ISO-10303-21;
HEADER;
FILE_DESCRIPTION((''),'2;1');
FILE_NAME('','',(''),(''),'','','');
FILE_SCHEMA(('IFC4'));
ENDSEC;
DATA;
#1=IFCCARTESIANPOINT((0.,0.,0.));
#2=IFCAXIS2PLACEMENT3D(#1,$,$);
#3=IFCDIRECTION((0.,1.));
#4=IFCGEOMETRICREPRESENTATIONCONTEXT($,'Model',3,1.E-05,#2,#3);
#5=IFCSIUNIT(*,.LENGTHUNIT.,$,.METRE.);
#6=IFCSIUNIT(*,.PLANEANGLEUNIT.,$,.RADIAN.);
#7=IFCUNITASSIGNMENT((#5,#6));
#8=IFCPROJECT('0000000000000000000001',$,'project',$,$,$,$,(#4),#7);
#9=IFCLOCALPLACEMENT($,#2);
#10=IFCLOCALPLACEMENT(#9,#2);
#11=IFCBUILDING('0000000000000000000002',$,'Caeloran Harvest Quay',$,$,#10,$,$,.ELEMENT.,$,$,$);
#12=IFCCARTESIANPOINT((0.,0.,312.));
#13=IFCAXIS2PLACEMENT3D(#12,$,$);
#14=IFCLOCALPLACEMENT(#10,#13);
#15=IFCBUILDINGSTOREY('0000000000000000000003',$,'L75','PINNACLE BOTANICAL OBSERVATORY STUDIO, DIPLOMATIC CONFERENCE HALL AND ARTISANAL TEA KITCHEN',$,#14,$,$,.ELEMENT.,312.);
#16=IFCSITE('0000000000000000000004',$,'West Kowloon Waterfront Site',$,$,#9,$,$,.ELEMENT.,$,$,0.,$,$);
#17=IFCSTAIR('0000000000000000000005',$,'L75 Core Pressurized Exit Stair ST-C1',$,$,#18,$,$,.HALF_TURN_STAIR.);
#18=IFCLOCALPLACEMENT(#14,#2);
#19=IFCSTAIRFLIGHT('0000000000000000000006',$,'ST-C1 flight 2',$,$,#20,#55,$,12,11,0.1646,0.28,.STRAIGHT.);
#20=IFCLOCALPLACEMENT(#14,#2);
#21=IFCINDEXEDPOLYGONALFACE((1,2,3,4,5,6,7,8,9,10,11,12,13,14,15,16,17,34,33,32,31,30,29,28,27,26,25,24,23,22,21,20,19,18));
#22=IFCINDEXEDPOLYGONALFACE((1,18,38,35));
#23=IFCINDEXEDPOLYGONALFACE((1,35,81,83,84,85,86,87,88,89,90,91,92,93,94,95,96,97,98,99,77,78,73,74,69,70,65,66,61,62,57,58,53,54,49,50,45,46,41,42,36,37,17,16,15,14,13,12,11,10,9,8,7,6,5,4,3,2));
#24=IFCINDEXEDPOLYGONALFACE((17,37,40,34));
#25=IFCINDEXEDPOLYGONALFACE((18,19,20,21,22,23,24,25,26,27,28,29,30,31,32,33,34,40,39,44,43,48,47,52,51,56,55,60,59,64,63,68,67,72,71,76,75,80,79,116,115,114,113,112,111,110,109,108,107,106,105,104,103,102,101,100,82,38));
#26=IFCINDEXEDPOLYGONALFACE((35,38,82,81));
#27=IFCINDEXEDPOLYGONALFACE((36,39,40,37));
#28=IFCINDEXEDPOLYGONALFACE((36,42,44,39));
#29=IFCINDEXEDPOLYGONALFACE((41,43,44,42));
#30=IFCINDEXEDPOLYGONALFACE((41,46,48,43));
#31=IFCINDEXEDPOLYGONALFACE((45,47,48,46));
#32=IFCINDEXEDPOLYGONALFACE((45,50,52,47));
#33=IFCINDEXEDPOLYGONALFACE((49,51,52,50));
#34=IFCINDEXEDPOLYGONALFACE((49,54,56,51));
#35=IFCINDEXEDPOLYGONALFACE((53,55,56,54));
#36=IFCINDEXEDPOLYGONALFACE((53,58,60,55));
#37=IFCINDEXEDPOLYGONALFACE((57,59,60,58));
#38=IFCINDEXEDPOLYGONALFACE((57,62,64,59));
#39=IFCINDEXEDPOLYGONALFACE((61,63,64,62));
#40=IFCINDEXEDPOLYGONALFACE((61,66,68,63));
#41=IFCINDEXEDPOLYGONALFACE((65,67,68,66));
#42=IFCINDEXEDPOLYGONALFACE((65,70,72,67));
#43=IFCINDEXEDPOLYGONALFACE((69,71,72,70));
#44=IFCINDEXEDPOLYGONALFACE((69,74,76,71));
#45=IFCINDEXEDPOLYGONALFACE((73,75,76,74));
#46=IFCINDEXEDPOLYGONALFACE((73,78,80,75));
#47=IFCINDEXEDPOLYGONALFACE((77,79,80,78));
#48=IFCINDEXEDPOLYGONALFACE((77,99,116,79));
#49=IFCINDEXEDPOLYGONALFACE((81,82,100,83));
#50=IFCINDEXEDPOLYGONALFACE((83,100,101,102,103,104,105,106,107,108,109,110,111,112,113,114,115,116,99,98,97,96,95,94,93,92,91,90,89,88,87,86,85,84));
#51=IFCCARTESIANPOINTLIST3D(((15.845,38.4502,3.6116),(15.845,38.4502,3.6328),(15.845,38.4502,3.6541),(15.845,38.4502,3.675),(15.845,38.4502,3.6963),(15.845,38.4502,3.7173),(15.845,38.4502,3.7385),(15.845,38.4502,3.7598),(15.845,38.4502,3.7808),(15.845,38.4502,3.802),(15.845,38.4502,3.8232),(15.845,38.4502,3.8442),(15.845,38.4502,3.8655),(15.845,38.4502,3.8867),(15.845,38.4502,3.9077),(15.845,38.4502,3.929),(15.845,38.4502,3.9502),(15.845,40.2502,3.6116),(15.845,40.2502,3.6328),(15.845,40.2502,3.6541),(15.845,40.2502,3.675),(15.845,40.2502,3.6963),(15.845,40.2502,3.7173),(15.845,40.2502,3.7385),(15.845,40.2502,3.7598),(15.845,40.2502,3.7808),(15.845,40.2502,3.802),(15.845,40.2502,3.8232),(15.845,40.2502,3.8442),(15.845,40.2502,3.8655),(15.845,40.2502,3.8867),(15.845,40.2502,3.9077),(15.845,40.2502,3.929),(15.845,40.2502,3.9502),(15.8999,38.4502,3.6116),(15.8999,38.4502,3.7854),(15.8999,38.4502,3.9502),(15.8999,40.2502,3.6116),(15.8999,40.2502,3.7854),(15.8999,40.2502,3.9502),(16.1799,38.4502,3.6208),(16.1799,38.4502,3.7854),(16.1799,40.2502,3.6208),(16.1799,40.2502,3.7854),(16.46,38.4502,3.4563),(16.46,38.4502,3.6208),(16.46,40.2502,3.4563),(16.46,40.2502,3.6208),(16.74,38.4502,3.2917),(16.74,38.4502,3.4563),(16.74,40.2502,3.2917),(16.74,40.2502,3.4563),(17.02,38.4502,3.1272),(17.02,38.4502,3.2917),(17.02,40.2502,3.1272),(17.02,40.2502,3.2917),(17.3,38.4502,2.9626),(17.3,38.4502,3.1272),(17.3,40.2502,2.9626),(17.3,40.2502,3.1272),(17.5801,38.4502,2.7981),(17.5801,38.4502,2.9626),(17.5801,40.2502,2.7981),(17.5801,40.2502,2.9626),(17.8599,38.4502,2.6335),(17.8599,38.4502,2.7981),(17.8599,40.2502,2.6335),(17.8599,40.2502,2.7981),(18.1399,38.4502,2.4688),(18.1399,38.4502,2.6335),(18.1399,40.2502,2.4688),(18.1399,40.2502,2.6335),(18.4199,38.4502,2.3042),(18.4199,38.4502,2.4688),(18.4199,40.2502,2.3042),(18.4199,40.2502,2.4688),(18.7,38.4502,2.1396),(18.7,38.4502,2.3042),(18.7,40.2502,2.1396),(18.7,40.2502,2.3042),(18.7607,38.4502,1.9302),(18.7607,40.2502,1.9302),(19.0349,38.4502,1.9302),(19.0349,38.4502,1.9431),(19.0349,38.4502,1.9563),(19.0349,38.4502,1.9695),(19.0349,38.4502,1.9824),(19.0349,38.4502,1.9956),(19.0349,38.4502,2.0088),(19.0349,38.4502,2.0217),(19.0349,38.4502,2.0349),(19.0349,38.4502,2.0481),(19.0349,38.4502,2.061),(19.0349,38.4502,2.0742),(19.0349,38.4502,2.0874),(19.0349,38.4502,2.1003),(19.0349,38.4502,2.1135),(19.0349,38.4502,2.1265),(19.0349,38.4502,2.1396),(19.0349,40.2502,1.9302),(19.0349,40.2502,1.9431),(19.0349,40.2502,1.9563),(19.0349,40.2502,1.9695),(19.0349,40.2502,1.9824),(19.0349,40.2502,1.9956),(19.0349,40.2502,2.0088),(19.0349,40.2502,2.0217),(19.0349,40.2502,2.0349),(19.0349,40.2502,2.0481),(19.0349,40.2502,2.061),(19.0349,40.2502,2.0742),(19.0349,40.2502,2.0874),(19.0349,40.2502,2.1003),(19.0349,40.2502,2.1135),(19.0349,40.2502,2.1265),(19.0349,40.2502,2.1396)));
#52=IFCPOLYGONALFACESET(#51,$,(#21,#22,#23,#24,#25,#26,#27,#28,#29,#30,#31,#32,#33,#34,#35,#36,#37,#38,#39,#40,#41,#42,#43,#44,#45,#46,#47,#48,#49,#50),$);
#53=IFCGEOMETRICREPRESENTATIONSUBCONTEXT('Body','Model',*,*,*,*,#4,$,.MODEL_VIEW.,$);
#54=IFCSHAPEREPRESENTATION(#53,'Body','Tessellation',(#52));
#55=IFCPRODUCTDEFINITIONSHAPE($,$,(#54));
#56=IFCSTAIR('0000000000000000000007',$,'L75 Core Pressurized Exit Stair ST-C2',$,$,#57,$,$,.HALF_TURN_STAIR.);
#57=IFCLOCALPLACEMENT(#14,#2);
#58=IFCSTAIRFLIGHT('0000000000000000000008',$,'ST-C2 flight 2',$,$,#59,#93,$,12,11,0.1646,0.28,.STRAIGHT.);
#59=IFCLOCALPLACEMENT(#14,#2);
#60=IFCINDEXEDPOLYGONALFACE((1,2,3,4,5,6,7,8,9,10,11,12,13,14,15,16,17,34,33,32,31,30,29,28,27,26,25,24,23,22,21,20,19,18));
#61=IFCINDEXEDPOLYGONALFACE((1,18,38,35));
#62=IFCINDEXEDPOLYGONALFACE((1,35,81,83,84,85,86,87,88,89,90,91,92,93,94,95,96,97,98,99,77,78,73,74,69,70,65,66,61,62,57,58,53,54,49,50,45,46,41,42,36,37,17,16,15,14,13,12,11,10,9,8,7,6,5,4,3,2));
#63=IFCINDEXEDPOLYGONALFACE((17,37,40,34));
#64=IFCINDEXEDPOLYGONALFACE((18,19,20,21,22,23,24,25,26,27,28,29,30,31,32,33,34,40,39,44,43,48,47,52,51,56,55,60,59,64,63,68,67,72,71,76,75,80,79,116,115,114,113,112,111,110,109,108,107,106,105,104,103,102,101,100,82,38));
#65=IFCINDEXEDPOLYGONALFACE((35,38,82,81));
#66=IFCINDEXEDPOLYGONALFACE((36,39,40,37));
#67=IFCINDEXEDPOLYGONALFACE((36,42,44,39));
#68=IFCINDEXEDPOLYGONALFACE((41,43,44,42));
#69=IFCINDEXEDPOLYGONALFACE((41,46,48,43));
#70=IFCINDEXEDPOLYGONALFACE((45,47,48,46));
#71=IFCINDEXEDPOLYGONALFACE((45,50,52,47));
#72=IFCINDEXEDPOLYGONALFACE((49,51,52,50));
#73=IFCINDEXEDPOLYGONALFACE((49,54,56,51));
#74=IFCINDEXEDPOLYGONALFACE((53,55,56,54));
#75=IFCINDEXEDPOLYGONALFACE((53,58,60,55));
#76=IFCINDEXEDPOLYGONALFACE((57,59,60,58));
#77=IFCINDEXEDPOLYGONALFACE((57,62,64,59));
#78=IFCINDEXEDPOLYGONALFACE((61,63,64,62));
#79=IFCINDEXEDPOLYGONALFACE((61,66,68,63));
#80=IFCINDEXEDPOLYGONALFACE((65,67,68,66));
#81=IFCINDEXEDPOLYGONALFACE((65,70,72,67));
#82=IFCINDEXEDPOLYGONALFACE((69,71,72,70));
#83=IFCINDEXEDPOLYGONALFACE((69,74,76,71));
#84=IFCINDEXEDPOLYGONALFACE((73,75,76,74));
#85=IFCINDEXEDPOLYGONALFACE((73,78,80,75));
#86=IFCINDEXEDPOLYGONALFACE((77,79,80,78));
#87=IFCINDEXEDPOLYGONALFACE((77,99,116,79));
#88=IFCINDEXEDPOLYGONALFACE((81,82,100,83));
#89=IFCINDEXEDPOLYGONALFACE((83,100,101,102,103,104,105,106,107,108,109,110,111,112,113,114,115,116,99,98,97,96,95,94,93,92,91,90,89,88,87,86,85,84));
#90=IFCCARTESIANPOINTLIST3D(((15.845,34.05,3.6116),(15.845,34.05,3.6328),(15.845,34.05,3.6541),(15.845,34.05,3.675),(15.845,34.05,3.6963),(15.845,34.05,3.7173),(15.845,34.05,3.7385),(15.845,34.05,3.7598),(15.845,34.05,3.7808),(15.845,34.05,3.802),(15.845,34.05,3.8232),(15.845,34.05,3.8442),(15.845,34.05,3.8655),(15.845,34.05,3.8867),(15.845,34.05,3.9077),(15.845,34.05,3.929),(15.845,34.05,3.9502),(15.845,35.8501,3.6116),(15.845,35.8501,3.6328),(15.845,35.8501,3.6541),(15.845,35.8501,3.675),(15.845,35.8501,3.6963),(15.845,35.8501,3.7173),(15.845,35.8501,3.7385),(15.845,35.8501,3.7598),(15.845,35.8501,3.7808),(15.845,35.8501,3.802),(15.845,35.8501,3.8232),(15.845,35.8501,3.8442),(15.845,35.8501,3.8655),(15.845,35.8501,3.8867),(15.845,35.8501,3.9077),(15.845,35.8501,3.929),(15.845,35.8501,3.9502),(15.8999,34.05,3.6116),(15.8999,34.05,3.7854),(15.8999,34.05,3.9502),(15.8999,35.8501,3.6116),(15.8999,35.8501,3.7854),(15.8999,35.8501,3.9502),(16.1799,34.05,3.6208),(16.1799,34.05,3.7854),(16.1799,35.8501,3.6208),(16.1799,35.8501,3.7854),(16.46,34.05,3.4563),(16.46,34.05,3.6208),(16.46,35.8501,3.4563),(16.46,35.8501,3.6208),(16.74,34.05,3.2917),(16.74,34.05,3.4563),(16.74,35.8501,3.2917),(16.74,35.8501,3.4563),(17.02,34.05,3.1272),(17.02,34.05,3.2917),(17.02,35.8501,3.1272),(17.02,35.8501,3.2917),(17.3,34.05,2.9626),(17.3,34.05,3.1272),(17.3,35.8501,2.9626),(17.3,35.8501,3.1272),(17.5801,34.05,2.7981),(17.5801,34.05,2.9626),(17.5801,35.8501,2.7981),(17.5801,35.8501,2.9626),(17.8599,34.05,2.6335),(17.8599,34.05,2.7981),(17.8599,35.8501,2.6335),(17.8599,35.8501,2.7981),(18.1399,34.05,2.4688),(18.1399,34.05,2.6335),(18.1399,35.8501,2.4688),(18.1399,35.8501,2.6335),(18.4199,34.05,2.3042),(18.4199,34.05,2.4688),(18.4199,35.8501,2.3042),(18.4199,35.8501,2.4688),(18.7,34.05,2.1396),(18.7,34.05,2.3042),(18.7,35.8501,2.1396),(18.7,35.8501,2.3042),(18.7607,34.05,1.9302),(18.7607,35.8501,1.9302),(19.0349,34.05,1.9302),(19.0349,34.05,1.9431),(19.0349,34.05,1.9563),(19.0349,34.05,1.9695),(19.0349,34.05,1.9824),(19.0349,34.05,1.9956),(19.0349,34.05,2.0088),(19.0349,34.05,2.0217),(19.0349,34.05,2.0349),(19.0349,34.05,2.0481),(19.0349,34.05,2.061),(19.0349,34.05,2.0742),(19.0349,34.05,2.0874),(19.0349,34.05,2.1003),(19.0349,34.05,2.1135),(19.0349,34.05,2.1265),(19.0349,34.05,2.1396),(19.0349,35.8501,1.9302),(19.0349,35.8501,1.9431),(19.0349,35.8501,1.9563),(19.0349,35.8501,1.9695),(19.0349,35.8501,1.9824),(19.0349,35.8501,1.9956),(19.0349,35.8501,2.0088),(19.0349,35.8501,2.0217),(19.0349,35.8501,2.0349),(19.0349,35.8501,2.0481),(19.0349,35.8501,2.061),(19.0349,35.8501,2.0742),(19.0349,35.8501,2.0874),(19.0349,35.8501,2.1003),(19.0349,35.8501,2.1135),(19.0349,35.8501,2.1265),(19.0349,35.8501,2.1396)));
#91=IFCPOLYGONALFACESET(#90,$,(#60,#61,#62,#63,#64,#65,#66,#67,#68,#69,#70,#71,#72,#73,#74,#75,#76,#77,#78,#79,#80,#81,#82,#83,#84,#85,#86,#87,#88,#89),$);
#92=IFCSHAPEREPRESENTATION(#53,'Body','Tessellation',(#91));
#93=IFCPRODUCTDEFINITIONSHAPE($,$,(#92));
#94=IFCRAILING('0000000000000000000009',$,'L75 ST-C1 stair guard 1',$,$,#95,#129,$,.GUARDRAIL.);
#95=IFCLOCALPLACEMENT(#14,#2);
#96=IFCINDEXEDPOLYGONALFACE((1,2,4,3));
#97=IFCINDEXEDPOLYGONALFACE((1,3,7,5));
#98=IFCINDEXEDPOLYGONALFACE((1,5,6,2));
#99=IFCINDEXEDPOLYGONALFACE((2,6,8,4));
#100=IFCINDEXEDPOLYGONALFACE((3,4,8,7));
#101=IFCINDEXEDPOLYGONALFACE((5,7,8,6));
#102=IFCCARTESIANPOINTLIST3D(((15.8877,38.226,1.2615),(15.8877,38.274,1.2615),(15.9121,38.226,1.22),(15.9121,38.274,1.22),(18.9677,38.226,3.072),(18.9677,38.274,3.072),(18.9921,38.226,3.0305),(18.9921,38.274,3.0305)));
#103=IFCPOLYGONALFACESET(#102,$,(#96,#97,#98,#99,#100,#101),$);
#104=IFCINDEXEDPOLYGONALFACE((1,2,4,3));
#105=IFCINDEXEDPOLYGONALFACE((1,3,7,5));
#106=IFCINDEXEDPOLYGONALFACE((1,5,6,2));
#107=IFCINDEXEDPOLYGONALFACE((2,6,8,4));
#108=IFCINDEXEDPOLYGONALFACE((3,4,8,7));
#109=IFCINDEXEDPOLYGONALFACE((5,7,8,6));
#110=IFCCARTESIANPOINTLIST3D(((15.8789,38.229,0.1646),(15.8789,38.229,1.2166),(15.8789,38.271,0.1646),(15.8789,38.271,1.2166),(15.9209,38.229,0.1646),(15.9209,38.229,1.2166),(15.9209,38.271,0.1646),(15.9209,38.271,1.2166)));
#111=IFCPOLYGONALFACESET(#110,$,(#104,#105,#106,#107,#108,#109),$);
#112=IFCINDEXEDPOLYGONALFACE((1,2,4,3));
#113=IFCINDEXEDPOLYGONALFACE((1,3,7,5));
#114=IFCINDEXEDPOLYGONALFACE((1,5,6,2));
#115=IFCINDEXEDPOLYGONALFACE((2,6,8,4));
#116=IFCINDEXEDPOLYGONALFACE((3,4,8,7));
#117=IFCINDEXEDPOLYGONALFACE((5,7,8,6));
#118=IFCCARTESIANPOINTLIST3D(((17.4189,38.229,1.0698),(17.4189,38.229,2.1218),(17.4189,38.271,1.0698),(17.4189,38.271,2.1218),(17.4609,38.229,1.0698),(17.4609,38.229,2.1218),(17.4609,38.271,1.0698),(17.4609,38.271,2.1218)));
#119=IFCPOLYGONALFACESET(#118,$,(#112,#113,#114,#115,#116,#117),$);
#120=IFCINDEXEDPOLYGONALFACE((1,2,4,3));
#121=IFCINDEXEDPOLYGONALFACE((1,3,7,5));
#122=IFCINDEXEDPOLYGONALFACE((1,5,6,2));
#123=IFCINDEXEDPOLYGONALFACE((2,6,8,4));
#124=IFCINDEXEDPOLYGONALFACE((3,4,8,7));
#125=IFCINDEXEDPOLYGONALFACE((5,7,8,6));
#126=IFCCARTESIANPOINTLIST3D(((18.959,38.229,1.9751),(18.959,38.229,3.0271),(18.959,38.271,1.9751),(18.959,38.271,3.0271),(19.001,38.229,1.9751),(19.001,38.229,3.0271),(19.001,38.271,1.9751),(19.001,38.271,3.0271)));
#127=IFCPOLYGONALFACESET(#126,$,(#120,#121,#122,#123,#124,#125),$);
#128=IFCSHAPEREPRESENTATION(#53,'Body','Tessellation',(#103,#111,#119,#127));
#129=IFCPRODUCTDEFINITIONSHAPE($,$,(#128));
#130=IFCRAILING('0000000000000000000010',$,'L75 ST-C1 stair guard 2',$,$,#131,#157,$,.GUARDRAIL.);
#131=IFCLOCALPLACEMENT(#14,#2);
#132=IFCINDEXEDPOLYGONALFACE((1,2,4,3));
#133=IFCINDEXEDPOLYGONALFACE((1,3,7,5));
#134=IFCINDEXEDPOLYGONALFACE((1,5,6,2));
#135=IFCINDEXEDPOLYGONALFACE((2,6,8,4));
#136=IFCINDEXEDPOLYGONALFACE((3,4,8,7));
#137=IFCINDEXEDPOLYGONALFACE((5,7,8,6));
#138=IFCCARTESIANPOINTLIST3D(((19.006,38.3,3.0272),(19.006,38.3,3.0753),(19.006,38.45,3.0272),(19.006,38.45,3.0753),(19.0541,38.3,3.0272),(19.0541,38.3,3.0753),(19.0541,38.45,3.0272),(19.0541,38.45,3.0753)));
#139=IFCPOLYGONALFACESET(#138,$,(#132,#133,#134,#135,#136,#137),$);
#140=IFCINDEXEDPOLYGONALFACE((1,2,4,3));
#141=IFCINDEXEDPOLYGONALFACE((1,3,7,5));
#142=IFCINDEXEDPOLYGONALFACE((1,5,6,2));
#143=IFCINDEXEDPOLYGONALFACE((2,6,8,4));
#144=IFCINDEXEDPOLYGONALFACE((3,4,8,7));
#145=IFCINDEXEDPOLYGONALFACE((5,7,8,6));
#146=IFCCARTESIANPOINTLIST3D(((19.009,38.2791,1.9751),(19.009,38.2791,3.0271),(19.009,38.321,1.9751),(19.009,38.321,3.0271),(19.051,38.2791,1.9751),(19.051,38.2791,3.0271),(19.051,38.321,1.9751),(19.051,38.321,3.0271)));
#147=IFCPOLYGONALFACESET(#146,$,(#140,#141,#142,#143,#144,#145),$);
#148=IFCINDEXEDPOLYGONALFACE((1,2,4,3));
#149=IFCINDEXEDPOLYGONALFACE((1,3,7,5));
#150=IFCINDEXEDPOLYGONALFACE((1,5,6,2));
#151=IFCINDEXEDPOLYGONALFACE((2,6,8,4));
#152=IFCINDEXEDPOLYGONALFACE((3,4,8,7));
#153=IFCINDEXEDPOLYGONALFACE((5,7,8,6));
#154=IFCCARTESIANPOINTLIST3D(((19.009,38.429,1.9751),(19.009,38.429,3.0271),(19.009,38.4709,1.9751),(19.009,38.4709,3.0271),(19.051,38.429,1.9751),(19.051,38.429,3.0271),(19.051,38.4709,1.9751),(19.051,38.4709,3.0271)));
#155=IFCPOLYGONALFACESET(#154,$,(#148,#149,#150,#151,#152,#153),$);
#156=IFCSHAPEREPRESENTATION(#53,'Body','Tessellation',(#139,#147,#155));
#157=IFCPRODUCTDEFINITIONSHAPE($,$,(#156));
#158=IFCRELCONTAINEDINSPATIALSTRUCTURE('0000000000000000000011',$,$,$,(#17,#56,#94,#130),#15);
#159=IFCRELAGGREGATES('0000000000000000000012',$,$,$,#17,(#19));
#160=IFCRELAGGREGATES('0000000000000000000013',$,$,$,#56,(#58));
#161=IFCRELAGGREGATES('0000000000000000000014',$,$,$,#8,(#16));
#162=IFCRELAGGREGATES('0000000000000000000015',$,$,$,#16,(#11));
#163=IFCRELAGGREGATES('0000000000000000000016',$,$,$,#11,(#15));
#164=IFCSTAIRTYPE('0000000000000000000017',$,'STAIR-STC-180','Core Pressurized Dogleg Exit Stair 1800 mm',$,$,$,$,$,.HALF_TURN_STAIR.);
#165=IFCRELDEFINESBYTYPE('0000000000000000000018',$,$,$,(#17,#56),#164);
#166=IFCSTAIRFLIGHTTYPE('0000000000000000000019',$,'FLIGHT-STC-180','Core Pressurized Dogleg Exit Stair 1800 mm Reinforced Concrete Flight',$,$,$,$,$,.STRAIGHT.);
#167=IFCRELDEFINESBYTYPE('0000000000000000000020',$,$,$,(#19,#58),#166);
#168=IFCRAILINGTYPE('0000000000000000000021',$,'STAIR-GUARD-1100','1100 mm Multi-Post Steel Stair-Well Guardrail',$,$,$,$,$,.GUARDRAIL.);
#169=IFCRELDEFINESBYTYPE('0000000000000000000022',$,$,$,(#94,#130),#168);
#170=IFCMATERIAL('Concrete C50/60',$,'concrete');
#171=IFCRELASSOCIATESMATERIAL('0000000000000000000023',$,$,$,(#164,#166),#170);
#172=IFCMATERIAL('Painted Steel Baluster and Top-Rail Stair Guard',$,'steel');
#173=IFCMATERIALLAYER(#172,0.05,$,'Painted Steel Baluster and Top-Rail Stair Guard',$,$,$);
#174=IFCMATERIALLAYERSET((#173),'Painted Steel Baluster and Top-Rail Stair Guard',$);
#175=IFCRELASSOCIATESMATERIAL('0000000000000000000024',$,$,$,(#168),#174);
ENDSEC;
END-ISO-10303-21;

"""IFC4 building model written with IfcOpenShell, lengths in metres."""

from ifc_helpers import new_model, si_unit, direction, frame, origin, origin_2d, place, context, subcontext, project, spatial, polyline, rectangle, outline, extrude, material, layer, layer_set, type_object, element, aggregate, save


model = new_model("IFC4")

# Units and contexts
model_context = context("Model", 3, precision=1e-05, world=origin(), true_north=direction((0.0, 1.0)))
body_context = subcontext(model_context, "Body", "Model", "MODEL_VIEW")
ifc_project = project(units=[si_unit("LENGTHUNIT", "METRE"), si_unit("PLANEANGLEUNIT", "RADIAN")], contexts=[model_context])

# Site, building, storey
site_placement = place(None, origin())
site = spatial("IfcSite", under=ifc_project, at=site_placement, Name="West Kowloon Waterfront Site", CompositionType="ELEMENT", RefElevation=0.0)
building_placement = place(site_placement, origin())
building = spatial("IfcBuilding", under=site, at=building_placement, Name="Caeloran Harvest Quay", CompositionType="ELEMENT")
storey_placement = place(building_placement, frame((0.0, 0.0, 312.0)))
storey = spatial("IfcBuildingStorey", under=building, at=storey_placement, Name="L75", Description="PINNACLE BOTANICAL OBSERVATORY STUDIO, DIPLOMATIC CONFERENCE HALL AND ARTISANAL TEA KITCHEN", CompositionType="ELEMENT", Elevation=312.0)

# Shared definitions
ifc_material_1 = material(Name="Concrete C50/60", Category="concrete")

# Stair, stair flight
stair_type = type_object("IfcStairType", Name="STAIR-STC-180", Description="Core Pressurized Dogleg Exit Stair 1800 mm", PredefinedType="HALF_TURN_STAIR", material=ifc_material_1)
stair_1_placement = place(storey_placement, origin())
stair_1 = element("IfcStair", 1, at=stair_1_placement, inside=storey, type_object=stair_type, Name="L75 Core Pressurized Exit Stair ST-C1", PredefinedType="HALF_TURN_STAIR")
stair_flight_type = type_object("IfcStairFlightType", Name="FLIGHT-STC-180", Description="Core Pressurized Dogleg Exit Stair 1800 mm Reinforced Concrete Flight", PredefinedType="STRAIGHT", material=ifc_material_1)
stair_flight_1_placement = place(storey_placement, frame((18.98, 39.3501, 1.9751), z_axis=(0.0, 0.0, 1.0), x_axis=(-1.0, 0.0, 0.0)))
stair_flight_1 = element("IfcStairFlight", 2, at=stair_flight_1_placement, type_object=stair_flight_type, Name="ST-C1 flight 2", NumberOfRisers=12, NumberOfTreads=11, PredefinedType="STRAIGHT", RiserHeight=0.1646, TreadLength=0.28, context=body_context, shape_type="SweptSolid", body=[
    extrude(outline(polyline([(-0.0549, -0.0449), (-0.0549, -0.032), (-0.0549, -0.0188), (-0.0549, -0.0056), (-0.0549, 0.0073), (-0.0549, 0.0205), (-0.0549, 0.0337), (-0.0549, 0.0466), (-0.0549, 0.0598), (-0.0549, 0.073), (-0.0549, 0.0859), (-0.0549, 0.0991), (-0.0549, 0.1123), (-0.0549, 0.1252), (-0.0549, 0.1384), (-0.0549, 0.1514), (-0.0549, 0.1646), (0.28, 0.1646), (0.28, 0.3291), (0.5601, 0.3291), (0.5601, 0.4937), (0.8401, 0.4937), (0.8401, 0.6584), (1.1201, 0.6584), (1.1201, 0.823), (1.3999, 0.823), (1.3999, 0.9875), (1.6799, 0.9875), (1.6799, 1.1521), (1.96, 1.1521), (1.96, 1.3167), (2.24, 1.3167), (2.24, 1.4812), (2.52, 1.4812), (2.52, 1.6458), (2.8, 1.6458), (2.8, 1.8103), (3.0801, 1.8103), (3.0801, 1.9751), (3.135, 1.9751), (3.135, 1.9539), (3.135, 1.9326), (3.135, 1.9116), (3.135, 1.8904), (3.135, 1.8691), (3.135, 1.8481), (3.135, 1.8269), (3.135, 1.8057), (3.135, 1.7847), (3.135, 1.7634), (3.135, 1.7422), (3.135, 1.7212), (3.135, 1.7), (3.135, 1.679), (3.135, 1.6577), (3.135, 1.6365), (3.0801, 1.6365), (0.2192, -0.0449), (-0.0549, -0.0449)])), frame((0.0, 0.8999, 0.0), z_axis=(0.0, -1.0, 0.0), x_axis=(1.0, 0.0, 0.0)), (0.0, 0.0, 1.0), 1.8),
])
aggregate(stair_1, [stair_flight_1])

# Stair, stair flight
stair_2_placement = place(storey_placement, origin())
stair_2 = element("IfcStair", 3, at=stair_2_placement, inside=storey, type_object=stair_type, Name="L75 Core Pressurized Exit Stair ST-C2", PredefinedType="HALF_TURN_STAIR")
stair_flight_2_placement = place(storey_placement, frame((18.98, 34.95, 1.9751), z_axis=(0.0, 0.0, 1.0), x_axis=(-1.0, 0.0, 0.0)))
stair_flight_2 = element("IfcStairFlight", 4, at=stair_flight_2_placement, type_object=stair_flight_type, Name="ST-C2 flight 2", NumberOfRisers=12, NumberOfTreads=11, PredefinedType="STRAIGHT", RiserHeight=0.1646, TreadLength=0.28, context=body_context, shape_type="SweptSolid", body=[
    extrude(outline(polyline([(-0.0549, -0.0449), (-0.0549, -0.032), (-0.0549, -0.0188), (-0.0549, -0.0056), (-0.0549, 0.0073), (-0.0549, 0.0205), (-0.0549, 0.0337), (-0.0549, 0.0466), (-0.0549, 0.0598), (-0.0549, 0.073), (-0.0549, 0.0859), (-0.0549, 0.0991), (-0.0549, 0.1123), (-0.0549, 0.1252), (-0.0549, 0.1384), (-0.0549, 0.1514), (-0.0549, 0.1646), (0.28, 0.1646), (0.28, 0.3291), (0.5601, 0.3291), (0.5601, 0.4937), (0.8401, 0.4937), (0.8401, 0.6584), (1.1201, 0.6584), (1.1201, 0.823), (1.3999, 0.823), (1.3999, 0.9875), (1.6799, 0.9875), (1.6799, 1.1521), (1.96, 1.1521), (1.96, 1.3167), (2.24, 1.3167), (2.24, 1.4812), (2.52, 1.4812), (2.52, 1.6458), (2.8, 1.6458), (2.8, 1.8103), (3.0801, 1.8103), (3.0801, 1.9751), (3.135, 1.9751), (3.135, 1.9539), (3.135, 1.9326), (3.135, 1.9116), (3.135, 1.8904), (3.135, 1.8691), (3.135, 1.8481), (3.135, 1.8269), (3.135, 1.8057), (3.135, 1.7847), (3.135, 1.7634), (3.135, 1.7422), (3.135, 1.7212), (3.135, 1.7), (3.135, 1.679), (3.135, 1.6577), (3.135, 1.6365), (3.0801, 1.6365), (0.2192, -0.0449), (-0.0549, -0.0449)])), frame((0.0, 0.8999, 0.0), z_axis=(0.0, -1.0, 0.0), x_axis=(1.0, 0.0, 0.0)), (0.0, 0.0, 1.0), 1.8),
])
aggregate(stair_2, [stair_flight_2])

# Railings
ifc_material_2 = material(Name="Painted Steel Baluster and Top-Rail Stair Guard", Category="steel")
ifc_layer_1 = layer(ifc_material_2, 0.05, Name="Painted Steel Baluster and Top-Rail Stair Guard")
ifc_layer_set_1 = layer_set([ifc_layer_1], Name="Painted Steel Baluster and Top-Rail Stair Guard")
railing_type_1 = type_object("IfcRailingType", Name="STAIR-GUARD-1100", Description="1100 mm Multi-Post Steel Stair-Well Guardrail", PredefinedType="GUARDRAIL", material=ifc_layer_set_1)
railing_1_placement = place(storey_placement, frame((15.8999, 38.25, 0.1646)))
element("IfcRailing", 5, at=railing_1_placement, inside=storey, type_object=railing_type_1, Name="L75 ST-C1 stair guard 1", PredefinedType="GUARDRAIL", context=body_context, shape_type="SweptSolid", body=[
    extrude(rectangle(XDim=0.0481, YDim=0.0481, at=origin_2d()), frame((0.0, 0.0, 1.0762), z_axis=(0.862089, 0.0, 0.506757), x_axis=(0.0, 1.0, 0.0)), (0.0, 0.0, 1.0), 3.5728),
    extrude(rectangle(XDim=0.042, YDim=0.042, at=origin_2d()), origin(), (0.0, 0.0, 1.0), 1.052),
    extrude(rectangle(XDim=0.042, YDim=0.042, at=origin_2d()), frame((1.54, 0.0, 0.9053)), (0.0, 0.0, 1.0), 1.052),
    extrude(rectangle(XDim=0.042, YDim=0.042, at=origin_2d()), frame((3.0801, 0.0, 1.8105)), (0.0, 0.0, 1.0), 1.052),
])
railing_2_placement = place(storey_placement, frame((19.03, 38.3, 1.9751)))
element("IfcRailing", 6, at=railing_2_placement, inside=storey, type_object=railing_type_1, Name="L75 ST-C1 stair guard 2", PredefinedType="GUARDRAIL", context=body_context, shape_type="SweptSolid", body=[
    extrude(rectangle(XDim=0.0481, YDim=0.0481, at=origin_2d()), frame((0.0, 0.0, 1.0762), z_axis=(0.0, 1.0, 0.0), x_axis=(-1.0, 0.0, 0.0)), (0.0, 0.0, 1.0), 0.1499),
    extrude(rectangle(XDim=0.042, YDim=0.042, at=origin_2d()), origin(), (0.0, 0.0, 1.0), 1.052),
    extrude(rectangle(XDim=0.042, YDim=0.042, at=origin_2d()), frame((0.0, 0.1499, 0.0)), (0.0, 0.0, 1.0), 1.052),
])

save(model, "model.ifc")
